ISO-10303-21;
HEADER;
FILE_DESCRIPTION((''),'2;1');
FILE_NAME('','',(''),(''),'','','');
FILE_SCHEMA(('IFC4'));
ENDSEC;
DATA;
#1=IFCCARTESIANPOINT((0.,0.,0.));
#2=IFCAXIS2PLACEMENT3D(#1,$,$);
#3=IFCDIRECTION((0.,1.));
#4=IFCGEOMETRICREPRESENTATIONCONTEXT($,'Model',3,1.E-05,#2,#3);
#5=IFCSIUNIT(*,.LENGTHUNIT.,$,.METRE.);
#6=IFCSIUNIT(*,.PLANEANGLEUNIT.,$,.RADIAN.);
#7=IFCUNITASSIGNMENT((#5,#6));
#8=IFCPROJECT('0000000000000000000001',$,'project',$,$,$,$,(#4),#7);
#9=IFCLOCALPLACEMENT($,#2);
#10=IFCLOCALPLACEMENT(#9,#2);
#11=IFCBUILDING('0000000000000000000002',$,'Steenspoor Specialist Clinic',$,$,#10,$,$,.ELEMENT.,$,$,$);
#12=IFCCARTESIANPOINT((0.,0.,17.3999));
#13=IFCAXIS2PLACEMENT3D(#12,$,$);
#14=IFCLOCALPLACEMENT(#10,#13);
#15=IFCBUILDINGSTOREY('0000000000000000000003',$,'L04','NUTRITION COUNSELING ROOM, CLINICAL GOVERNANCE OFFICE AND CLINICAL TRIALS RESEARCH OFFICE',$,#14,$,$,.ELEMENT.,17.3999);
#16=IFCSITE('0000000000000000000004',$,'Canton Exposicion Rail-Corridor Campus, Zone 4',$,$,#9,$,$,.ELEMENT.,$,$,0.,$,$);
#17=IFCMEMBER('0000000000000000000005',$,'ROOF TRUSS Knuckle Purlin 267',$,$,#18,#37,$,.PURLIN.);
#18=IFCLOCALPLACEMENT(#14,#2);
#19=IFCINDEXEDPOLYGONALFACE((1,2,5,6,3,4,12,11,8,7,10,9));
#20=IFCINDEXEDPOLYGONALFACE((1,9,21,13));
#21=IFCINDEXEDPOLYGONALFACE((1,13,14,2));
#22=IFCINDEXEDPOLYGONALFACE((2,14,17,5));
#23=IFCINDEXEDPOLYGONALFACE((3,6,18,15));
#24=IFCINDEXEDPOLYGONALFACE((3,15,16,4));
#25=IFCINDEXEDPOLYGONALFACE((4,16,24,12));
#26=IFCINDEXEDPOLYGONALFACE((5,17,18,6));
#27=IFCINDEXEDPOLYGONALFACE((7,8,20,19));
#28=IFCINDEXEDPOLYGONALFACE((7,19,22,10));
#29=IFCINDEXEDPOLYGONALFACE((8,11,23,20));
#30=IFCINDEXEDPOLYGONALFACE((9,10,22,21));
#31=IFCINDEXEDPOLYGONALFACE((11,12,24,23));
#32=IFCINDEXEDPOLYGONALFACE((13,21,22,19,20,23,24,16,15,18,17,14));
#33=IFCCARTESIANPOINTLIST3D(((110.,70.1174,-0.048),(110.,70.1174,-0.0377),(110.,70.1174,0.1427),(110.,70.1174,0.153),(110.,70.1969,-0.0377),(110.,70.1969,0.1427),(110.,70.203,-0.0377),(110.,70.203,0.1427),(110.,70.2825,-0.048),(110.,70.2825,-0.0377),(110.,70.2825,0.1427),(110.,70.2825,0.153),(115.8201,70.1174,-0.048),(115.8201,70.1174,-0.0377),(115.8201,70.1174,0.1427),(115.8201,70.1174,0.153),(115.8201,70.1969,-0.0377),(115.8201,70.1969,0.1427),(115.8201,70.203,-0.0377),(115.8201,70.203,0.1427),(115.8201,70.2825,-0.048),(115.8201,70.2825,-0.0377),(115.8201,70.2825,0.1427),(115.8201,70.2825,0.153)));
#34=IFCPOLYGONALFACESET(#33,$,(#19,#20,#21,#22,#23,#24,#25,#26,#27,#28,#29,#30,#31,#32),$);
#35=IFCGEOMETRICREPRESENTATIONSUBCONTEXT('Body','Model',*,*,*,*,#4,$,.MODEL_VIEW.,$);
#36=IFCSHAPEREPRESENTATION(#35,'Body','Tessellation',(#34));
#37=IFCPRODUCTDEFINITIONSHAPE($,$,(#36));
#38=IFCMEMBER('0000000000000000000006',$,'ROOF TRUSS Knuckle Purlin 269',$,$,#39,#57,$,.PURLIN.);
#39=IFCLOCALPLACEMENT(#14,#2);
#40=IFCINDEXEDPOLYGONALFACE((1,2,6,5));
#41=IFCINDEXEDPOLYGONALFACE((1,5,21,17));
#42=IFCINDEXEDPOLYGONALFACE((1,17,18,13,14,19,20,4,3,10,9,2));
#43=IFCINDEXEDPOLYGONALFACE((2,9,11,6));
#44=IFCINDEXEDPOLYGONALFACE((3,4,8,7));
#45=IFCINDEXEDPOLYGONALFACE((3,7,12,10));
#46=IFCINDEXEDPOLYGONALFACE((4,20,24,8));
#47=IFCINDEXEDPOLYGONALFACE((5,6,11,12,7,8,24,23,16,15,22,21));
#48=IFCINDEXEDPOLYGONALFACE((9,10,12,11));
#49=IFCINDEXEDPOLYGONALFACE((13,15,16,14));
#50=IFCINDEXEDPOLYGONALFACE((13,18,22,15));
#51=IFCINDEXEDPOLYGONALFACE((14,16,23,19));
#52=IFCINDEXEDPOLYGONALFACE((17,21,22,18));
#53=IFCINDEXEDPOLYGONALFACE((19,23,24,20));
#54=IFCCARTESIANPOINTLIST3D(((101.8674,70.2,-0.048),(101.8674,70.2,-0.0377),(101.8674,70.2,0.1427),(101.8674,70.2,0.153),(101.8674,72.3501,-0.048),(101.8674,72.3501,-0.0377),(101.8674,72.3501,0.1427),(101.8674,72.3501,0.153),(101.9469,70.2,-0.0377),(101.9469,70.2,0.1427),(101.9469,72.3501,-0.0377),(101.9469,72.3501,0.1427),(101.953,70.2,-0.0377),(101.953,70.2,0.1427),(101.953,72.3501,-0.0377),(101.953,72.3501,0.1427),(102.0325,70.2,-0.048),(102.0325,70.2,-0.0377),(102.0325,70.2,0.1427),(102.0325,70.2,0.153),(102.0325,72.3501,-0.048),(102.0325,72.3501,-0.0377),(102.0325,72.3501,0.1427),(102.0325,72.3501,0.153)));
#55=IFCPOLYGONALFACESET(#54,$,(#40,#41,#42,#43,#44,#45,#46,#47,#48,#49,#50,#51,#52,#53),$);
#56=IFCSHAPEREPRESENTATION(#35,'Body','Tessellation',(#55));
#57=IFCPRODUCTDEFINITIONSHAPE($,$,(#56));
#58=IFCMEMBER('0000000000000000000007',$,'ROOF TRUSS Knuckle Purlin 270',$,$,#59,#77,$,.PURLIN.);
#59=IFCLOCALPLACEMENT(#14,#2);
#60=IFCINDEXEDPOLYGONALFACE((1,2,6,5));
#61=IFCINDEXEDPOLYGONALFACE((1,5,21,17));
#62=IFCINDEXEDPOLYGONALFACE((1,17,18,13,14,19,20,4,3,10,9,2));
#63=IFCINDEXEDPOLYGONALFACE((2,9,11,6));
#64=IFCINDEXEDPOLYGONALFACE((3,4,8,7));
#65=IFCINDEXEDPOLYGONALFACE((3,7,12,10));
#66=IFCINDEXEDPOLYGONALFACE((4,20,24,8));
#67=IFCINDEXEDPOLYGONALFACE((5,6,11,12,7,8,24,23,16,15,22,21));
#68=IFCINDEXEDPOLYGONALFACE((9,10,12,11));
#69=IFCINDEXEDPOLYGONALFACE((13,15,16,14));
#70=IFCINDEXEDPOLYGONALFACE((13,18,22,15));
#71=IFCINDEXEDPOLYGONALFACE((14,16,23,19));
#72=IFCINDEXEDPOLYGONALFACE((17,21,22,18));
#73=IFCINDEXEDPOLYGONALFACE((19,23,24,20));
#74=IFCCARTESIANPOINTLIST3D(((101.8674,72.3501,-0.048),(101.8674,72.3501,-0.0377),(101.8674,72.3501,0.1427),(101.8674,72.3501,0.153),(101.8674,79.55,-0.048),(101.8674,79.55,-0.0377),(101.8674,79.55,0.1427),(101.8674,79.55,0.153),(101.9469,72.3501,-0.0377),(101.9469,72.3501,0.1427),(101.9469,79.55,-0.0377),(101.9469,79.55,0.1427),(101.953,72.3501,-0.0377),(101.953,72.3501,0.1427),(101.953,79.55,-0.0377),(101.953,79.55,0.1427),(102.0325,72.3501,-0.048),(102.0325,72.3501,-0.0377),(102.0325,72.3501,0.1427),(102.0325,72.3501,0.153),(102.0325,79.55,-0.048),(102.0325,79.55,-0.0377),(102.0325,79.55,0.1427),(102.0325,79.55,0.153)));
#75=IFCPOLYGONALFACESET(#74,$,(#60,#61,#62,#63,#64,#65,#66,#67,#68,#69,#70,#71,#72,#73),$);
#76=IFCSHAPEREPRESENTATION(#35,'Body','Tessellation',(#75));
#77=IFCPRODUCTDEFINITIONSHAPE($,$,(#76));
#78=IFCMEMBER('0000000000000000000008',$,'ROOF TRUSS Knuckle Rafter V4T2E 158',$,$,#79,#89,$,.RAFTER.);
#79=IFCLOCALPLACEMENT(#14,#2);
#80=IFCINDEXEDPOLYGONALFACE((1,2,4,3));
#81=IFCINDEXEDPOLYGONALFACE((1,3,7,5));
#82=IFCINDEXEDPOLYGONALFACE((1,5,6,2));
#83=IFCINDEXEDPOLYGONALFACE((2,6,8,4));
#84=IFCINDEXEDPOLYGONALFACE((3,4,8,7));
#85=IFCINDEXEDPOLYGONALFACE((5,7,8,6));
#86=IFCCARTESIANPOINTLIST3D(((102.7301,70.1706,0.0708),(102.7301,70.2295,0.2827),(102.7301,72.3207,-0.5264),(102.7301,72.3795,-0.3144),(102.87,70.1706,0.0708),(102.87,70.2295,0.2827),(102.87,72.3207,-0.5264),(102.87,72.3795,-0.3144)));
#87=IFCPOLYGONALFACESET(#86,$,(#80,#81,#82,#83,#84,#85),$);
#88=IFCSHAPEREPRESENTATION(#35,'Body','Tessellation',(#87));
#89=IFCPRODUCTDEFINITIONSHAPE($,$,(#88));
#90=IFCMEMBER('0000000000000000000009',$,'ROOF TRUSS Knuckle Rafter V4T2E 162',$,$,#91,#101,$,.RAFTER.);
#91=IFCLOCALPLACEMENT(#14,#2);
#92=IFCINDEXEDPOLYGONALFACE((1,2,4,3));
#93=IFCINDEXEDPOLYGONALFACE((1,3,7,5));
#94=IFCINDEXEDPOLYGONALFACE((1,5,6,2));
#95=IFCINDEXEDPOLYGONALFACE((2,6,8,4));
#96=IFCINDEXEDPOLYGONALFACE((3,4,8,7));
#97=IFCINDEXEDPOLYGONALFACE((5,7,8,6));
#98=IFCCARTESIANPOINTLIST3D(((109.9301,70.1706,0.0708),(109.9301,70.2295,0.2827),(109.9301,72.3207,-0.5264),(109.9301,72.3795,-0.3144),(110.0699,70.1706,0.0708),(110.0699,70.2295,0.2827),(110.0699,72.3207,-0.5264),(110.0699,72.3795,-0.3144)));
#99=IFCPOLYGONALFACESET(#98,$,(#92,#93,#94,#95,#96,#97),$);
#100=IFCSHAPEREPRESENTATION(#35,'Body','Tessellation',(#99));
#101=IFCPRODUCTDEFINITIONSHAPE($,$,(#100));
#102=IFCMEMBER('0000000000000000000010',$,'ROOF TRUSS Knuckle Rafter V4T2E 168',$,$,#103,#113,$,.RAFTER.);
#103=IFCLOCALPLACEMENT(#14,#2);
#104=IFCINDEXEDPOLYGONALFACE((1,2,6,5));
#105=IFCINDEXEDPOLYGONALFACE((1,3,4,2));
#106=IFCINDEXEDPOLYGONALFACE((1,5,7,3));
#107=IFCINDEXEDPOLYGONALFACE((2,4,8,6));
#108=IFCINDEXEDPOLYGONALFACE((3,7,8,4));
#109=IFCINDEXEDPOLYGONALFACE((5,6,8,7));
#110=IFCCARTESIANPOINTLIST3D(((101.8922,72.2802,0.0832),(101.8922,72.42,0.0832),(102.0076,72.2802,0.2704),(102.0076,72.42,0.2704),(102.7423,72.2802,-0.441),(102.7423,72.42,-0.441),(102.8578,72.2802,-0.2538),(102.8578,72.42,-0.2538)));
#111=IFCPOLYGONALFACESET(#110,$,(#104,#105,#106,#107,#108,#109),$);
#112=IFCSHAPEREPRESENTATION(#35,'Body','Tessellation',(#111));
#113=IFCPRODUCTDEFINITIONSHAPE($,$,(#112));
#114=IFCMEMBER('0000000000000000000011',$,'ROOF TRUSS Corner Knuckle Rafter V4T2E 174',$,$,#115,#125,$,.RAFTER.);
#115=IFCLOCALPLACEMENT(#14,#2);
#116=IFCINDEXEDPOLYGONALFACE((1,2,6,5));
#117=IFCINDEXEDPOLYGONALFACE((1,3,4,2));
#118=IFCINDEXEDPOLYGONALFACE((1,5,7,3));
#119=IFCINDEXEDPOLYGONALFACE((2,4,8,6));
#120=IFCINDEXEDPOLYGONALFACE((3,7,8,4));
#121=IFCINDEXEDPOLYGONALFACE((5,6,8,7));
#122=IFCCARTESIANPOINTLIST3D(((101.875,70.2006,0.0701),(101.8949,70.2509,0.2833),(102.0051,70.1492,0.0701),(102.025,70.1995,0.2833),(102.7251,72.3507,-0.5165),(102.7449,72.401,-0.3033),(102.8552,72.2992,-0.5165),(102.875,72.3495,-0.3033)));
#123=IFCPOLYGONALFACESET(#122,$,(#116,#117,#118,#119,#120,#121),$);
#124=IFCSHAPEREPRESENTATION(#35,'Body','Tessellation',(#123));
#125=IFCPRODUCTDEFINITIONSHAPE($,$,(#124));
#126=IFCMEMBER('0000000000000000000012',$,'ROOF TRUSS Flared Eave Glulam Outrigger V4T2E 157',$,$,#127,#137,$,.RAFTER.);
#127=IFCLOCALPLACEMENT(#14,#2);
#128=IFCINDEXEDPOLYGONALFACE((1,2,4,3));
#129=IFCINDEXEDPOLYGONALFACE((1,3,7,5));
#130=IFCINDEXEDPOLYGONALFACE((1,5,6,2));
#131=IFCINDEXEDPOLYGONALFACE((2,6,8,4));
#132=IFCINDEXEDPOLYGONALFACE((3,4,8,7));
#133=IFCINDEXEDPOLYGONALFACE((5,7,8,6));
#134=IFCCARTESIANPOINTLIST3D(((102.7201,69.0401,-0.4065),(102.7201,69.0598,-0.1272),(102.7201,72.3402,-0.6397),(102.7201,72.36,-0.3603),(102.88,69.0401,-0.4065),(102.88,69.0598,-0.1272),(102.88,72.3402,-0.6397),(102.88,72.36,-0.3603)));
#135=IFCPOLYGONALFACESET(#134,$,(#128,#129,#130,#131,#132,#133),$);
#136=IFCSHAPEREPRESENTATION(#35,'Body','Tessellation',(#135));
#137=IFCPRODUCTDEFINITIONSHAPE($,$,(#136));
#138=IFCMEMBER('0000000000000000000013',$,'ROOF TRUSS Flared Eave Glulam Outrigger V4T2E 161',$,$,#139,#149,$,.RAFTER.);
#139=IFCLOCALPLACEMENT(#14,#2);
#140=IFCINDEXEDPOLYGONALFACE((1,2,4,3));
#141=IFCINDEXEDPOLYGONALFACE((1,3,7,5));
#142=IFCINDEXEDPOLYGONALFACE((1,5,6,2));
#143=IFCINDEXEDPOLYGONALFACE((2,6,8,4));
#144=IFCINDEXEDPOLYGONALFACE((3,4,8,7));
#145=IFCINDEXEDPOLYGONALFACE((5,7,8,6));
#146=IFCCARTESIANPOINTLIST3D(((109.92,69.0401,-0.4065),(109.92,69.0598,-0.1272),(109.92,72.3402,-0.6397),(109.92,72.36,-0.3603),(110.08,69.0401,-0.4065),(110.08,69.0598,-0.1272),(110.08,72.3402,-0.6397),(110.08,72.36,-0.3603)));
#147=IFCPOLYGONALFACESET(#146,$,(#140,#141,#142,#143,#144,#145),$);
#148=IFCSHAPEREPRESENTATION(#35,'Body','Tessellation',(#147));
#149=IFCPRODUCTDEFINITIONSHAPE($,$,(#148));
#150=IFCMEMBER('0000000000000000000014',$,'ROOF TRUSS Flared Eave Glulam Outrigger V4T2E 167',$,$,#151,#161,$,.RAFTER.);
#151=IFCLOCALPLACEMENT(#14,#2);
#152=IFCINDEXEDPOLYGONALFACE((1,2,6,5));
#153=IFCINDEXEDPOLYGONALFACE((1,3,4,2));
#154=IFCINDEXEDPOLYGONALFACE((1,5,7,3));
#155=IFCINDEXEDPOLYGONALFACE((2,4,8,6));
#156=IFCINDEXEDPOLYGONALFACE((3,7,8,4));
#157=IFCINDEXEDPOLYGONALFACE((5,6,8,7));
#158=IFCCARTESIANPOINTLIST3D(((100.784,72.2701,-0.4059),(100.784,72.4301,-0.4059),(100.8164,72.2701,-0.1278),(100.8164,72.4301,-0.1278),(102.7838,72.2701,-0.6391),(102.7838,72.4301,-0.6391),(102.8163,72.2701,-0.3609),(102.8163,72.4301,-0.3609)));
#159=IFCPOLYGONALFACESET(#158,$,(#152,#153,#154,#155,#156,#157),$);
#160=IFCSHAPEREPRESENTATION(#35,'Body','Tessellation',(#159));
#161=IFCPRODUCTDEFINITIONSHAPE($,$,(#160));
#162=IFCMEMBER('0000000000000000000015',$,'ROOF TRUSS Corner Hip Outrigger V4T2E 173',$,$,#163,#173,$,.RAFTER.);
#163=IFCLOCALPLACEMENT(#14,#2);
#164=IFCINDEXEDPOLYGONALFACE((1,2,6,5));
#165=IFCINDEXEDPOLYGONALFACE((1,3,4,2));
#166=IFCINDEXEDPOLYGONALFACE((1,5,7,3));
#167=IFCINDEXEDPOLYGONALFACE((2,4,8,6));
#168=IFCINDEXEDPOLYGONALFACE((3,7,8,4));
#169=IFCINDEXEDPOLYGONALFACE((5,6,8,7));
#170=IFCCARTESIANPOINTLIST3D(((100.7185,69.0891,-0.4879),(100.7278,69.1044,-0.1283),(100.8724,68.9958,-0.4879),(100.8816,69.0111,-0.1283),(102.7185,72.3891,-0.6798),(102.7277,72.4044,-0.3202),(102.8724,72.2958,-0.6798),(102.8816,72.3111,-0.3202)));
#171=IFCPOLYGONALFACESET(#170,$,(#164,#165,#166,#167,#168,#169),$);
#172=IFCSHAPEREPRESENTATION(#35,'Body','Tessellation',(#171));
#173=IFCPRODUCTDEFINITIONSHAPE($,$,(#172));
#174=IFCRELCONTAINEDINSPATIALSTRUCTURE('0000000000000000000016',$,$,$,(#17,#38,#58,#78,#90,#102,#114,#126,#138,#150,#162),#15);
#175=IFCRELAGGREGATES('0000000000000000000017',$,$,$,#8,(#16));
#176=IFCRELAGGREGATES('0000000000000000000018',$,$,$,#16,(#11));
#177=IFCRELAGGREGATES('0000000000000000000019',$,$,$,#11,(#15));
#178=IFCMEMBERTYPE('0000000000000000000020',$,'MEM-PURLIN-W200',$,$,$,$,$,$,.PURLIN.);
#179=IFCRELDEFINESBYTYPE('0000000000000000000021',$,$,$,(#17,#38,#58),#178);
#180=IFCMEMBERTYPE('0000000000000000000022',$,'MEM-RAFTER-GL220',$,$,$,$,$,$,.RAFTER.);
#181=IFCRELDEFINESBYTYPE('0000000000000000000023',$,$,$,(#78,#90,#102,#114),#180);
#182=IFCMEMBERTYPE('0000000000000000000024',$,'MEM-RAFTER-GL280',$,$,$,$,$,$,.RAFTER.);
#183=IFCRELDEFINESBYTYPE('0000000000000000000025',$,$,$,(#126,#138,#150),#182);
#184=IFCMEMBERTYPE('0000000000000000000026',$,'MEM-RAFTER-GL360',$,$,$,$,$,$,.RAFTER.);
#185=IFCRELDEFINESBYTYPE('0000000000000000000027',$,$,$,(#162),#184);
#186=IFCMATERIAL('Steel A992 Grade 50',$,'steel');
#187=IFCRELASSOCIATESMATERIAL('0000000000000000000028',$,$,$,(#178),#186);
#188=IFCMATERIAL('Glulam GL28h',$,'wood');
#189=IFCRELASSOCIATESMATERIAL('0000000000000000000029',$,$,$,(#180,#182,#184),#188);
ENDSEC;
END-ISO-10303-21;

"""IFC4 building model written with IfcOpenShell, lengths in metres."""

from ifc_helpers import new_model, si_unit, direction, frame, origin, origin_2d, place, context, subcontext, project, spatial, rectangle, i_section, extrude, material, material_profile, profile_set, type_object, element, save


model = new_model("IFC4")

# Units and contexts
model_context = context("Model", 3, precision=1e-05, world=origin(), true_north=direction((0.0, 1.0)))
body_context = subcontext(model_context, "Body", "Model", "MODEL_VIEW")
ifc_project = project(units=[si_unit("LENGTHUNIT", "METRE"), si_unit("PLANEANGLEUNIT", "RADIAN")], contexts=[model_context])

# Site, building, storey
site_placement = place(None, origin())
site = spatial("IfcSite", under=ifc_project, at=site_placement, Name="Canton Exposicion Rail-Corridor Campus, Zone 4", CompositionType="ELEMENT", RefElevation=0.0)
building_placement = place(site_placement, origin())
building = spatial("IfcBuilding", under=site, at=building_placement, Name="Steenspoor Specialist Clinic", CompositionType="ELEMENT")
storey_placement = place(building_placement, frame((0.0, 0.0, 17.3999)))
storey = spatial("IfcBuildingStorey", under=building, at=storey_placement, Name="L04", Description="NUTRITION COUNSELING ROOM, CLINICAL GOVERNANCE OFFICE AND CLINICAL TRIALS RESEARCH OFFICE", CompositionType="ELEMENT", Elevation=17.3999)

# Shared definitions
ifc_material_1 = material(Name="Glulam GL28h", Category="wood")

# Members
ifc_material_2 = material(Name="Steel A992 Grade 50", Category="steel")
ifc_material_profile_1 = material_profile(ifc_material_2, i_section(OverallWidth=0.165, OverallDepth=0.2009, WebThickness=0.0061, FlangeThickness=0.0103, at=origin_2d()), Name="W200X36")
ifc_profile_set_1 = profile_set([ifc_material_profile_1], Name="Steel A992 Grade 50")
member_type_1 = type_object("IfcMemberType", Name="MEM-PURLIN-W200", PredefinedType="PURLIN", material=ifc_profile_set_1)
member_1_placement = place(storey_placement, frame((110.0, 70.2, 0.0525), z_axis=(1.0, 0.0, 0.0), x_axis=(0.0, 1.0, 0.0)))
element("IfcMember", 1, at=member_1_placement, inside=storey, type_object=member_type_1, Name="ROOF TRUSS Knuckle Purlin 267", PredefinedType="PURLIN", context=body_context, shape_type="SweptSolid", body=[
    extrude(i_section(OverallWidth=0.165, OverallDepth=0.2009, WebThickness=0.0061, FlangeThickness=0.0103, at=origin_2d()), origin(), (0.0, 0.0, 1.0), 5.8201),
])
member_2_placement = place(storey_placement, frame((101.95, 70.2, 0.0525), z_axis=(0.0, 1.0, 0.0), x_axis=(-1.0, 0.0, 0.0)))
element("IfcMember", 2, at=member_2_placement, inside=storey, type_object=member_type_1, Name="ROOF TRUSS Knuckle Purlin 269", PredefinedType="PURLIN", context=body_context, shape_type="SweptSolid", body=[
    extrude(i_section(OverallWidth=0.165, OverallDepth=0.2009, WebThickness=0.0061, FlangeThickness=0.0103, at=origin_2d()), origin(), (0.0, 0.0, 1.0), 2.1501),
])
member_3_placement = place(storey_placement, frame((101.95, 72.3501, 0.0525), z_axis=(0.0, 1.0, 0.0), x_axis=(-1.0, 0.0, 0.0)))
element("IfcMember", 3, at=member_3_placement, inside=storey, type_object=member_type_1, Name="ROOF TRUSS Knuckle Purlin 270", PredefinedType="PURLIN", context=body_context, shape_type="SweptSolid", body=[
    extrude(i_section(OverallWidth=0.165, OverallDepth=0.2009, WebThickness=0.0061, FlangeThickness=0.0103, at=origin_2d()), origin(), (0.0, 0.0, 1.0), 7.2),
])
ifc_material_profile_2 = material_profile(ifc_material_1, rectangle(XDim=0.1399, YDim=0.22, at=origin_2d()), Name="GL28H-140X220")
ifc_profile_set_2 = profile_set([ifc_material_profile_2], Name="Glulam GL28h")
member_type_2 = type_object("IfcMemberType", Name="MEM-RAFTER-GL220", PredefinedType="RAFTER", material=ifc_profile_set_2)
for number, where, z_axis, x_axis, name in (
    (4, (102.8, 72.3501, -0.4204), (0.0, -0.963529, 0.267604), (1.0, 0.0, 0.0), "ROOF TRUSS Knuckle Rafter V4T2E 158"),
    (5, (110.0, 72.3501, -0.4204), (0.0, -0.963529, 0.267604), (1.0, 0.0, 0.0), "ROOF TRUSS Knuckle Rafter V4T2E 162"),
):
    element("IfcMember", number, at=place(storey_placement, frame(where, z_axis=z_axis, x_axis=x_axis)), inside=storey, type_object=member_type_2, Name=name, PredefinedType="RAFTER", context=body_context, shape_type="SweptSolid", body=[
        extrude(rectangle(XDim=0.1399, YDim=0.22, at=origin_2d()), origin(), (0.0, 0.0, 1.0), 2.2314),
    ])
member_4_placement = place(storey_placement, frame((102.8, 72.3501, -0.3474), z_axis=(-0.851196, 0.0, 0.524847), x_axis=(0.0, -1.0, 0.0)))
element("IfcMember", 6, at=member_4_placement, inside=storey, type_object=member_type_2, Name="ROOF TRUSS Knuckle Rafter V4T2E 168", PredefinedType="RAFTER", context=body_context, shape_type="SweptSolid", body=[
    extrude(rectangle(XDim=0.1399, YDim=0.22, at=origin_2d()), origin(), (0.0, 0.0, 1.0), 0.9988),
])
member_5_placement = place(storey_placement, frame((102.8, 72.3501, -0.4099), z_axis=(-0.35638, -0.90139, 0.245945), x_axis=(0.929955, -0.367674, 0.0)))
element("IfcMember", 7, at=member_5_placement, inside=storey, type_object=member_type_2, Name="ROOF TRUSS Corner Knuckle Rafter V4T2E 174", PredefinedType="RAFTER", context=body_context, shape_type="SweptSolid", body=[
    extrude(rectangle(XDim=0.1399, YDim=0.22, at=origin_2d()), origin(), (0.0, 0.0, 1.0), 2.3853),
])
ifc_material_profile_3 = material_profile(ifc_material_1, rectangle(XDim=0.1599, YDim=0.28, at=origin_2d()), Name="GL28H-160X280")
ifc_profile_set_3 = profile_set([ifc_material_profile_3], Name="Glulam GL28h")
member_type_3 = type_object("IfcMemberType", Name="MEM-RAFTER-GL280", PredefinedType="RAFTER", material=ifc_profile_set_3)
for number, where, z_axis, x_axis, name in (
    (8, (102.8, 72.3501, -0.5), (0.0, -0.997513, 0.070476), (1.0, 0.0, 0.0), "ROOF TRUSS Flared Eave Glulam Outrigger V4T2E 157"),
    (9, (110.0, 72.3501, -0.5), (0.0, -0.997513, 0.070476), (1.0, 0.0, 0.0), "ROOF TRUSS Flared Eave Glulam Outrigger V4T2E 161"),
):
    element("IfcMember", number, at=place(storey_placement, frame(where, z_axis=z_axis, x_axis=x_axis)), inside=storey, type_object=member_type_3, Name=name, PredefinedType="RAFTER", context=body_context, shape_type="SweptSolid", body=[
        extrude(rectangle(XDim=0.1599, YDim=0.28, at=origin_2d()), origin(), (0.0, 0.0, 1.0), 3.3083),
    ])
member_6_placement = place(storey_placement, frame((102.8, 72.3501, -0.5), z_axis=(-0.993273, 0.0, 0.115793), x_axis=(0.0, -1.0, 0.0)))
element("IfcMember", 10, at=member_6_placement, inside=storey, type_object=member_type_3, Name="ROOF TRUSS Flared Eave Glulam Outrigger V4T2E 167", PredefinedType="RAFTER", context=body_context, shape_type="SweptSolid", body=[
    extrude(rectangle(XDim=0.1599, YDim=0.28, at=origin_2d()), origin(), (0.0, 0.0, 1.0), 2.0134),
])
ifc_material_profile_4 = material_profile(ifc_material_1, rectangle(XDim=0.1799, YDim=0.3601, at=origin_2d()), Name="GL28H-180X360")
ifc_profile_set_4 = profile_set([ifc_material_profile_4], Name="Glulam GL28h")
member_type_4 = type_object("IfcMemberType", Name="MEM-RAFTER-GL360", PredefinedType="RAFTER", material=ifc_profile_set_4)
member_7_placement = place(storey_placement, frame((102.8, 72.3501, -0.5), z_axis=(-0.517656, -0.854146, 0.049668), x_axis=(0.855201, -0.518296, 0.0)))
element("IfcMember", 11, at=member_7_placement, inside=storey, type_object=member_type_4, Name="ROOF TRUSS Corner Hip Outrigger V4T2E 173", PredefinedType="RAFTER", context=body_context, shape_type="SweptSolid", body=[
    extrude(rectangle(XDim=0.1799, YDim=0.3601, at=origin_2d()), origin(), (0.0, 0.0, 1.0), 3.8635),
])

save(model, "model.ifc")
